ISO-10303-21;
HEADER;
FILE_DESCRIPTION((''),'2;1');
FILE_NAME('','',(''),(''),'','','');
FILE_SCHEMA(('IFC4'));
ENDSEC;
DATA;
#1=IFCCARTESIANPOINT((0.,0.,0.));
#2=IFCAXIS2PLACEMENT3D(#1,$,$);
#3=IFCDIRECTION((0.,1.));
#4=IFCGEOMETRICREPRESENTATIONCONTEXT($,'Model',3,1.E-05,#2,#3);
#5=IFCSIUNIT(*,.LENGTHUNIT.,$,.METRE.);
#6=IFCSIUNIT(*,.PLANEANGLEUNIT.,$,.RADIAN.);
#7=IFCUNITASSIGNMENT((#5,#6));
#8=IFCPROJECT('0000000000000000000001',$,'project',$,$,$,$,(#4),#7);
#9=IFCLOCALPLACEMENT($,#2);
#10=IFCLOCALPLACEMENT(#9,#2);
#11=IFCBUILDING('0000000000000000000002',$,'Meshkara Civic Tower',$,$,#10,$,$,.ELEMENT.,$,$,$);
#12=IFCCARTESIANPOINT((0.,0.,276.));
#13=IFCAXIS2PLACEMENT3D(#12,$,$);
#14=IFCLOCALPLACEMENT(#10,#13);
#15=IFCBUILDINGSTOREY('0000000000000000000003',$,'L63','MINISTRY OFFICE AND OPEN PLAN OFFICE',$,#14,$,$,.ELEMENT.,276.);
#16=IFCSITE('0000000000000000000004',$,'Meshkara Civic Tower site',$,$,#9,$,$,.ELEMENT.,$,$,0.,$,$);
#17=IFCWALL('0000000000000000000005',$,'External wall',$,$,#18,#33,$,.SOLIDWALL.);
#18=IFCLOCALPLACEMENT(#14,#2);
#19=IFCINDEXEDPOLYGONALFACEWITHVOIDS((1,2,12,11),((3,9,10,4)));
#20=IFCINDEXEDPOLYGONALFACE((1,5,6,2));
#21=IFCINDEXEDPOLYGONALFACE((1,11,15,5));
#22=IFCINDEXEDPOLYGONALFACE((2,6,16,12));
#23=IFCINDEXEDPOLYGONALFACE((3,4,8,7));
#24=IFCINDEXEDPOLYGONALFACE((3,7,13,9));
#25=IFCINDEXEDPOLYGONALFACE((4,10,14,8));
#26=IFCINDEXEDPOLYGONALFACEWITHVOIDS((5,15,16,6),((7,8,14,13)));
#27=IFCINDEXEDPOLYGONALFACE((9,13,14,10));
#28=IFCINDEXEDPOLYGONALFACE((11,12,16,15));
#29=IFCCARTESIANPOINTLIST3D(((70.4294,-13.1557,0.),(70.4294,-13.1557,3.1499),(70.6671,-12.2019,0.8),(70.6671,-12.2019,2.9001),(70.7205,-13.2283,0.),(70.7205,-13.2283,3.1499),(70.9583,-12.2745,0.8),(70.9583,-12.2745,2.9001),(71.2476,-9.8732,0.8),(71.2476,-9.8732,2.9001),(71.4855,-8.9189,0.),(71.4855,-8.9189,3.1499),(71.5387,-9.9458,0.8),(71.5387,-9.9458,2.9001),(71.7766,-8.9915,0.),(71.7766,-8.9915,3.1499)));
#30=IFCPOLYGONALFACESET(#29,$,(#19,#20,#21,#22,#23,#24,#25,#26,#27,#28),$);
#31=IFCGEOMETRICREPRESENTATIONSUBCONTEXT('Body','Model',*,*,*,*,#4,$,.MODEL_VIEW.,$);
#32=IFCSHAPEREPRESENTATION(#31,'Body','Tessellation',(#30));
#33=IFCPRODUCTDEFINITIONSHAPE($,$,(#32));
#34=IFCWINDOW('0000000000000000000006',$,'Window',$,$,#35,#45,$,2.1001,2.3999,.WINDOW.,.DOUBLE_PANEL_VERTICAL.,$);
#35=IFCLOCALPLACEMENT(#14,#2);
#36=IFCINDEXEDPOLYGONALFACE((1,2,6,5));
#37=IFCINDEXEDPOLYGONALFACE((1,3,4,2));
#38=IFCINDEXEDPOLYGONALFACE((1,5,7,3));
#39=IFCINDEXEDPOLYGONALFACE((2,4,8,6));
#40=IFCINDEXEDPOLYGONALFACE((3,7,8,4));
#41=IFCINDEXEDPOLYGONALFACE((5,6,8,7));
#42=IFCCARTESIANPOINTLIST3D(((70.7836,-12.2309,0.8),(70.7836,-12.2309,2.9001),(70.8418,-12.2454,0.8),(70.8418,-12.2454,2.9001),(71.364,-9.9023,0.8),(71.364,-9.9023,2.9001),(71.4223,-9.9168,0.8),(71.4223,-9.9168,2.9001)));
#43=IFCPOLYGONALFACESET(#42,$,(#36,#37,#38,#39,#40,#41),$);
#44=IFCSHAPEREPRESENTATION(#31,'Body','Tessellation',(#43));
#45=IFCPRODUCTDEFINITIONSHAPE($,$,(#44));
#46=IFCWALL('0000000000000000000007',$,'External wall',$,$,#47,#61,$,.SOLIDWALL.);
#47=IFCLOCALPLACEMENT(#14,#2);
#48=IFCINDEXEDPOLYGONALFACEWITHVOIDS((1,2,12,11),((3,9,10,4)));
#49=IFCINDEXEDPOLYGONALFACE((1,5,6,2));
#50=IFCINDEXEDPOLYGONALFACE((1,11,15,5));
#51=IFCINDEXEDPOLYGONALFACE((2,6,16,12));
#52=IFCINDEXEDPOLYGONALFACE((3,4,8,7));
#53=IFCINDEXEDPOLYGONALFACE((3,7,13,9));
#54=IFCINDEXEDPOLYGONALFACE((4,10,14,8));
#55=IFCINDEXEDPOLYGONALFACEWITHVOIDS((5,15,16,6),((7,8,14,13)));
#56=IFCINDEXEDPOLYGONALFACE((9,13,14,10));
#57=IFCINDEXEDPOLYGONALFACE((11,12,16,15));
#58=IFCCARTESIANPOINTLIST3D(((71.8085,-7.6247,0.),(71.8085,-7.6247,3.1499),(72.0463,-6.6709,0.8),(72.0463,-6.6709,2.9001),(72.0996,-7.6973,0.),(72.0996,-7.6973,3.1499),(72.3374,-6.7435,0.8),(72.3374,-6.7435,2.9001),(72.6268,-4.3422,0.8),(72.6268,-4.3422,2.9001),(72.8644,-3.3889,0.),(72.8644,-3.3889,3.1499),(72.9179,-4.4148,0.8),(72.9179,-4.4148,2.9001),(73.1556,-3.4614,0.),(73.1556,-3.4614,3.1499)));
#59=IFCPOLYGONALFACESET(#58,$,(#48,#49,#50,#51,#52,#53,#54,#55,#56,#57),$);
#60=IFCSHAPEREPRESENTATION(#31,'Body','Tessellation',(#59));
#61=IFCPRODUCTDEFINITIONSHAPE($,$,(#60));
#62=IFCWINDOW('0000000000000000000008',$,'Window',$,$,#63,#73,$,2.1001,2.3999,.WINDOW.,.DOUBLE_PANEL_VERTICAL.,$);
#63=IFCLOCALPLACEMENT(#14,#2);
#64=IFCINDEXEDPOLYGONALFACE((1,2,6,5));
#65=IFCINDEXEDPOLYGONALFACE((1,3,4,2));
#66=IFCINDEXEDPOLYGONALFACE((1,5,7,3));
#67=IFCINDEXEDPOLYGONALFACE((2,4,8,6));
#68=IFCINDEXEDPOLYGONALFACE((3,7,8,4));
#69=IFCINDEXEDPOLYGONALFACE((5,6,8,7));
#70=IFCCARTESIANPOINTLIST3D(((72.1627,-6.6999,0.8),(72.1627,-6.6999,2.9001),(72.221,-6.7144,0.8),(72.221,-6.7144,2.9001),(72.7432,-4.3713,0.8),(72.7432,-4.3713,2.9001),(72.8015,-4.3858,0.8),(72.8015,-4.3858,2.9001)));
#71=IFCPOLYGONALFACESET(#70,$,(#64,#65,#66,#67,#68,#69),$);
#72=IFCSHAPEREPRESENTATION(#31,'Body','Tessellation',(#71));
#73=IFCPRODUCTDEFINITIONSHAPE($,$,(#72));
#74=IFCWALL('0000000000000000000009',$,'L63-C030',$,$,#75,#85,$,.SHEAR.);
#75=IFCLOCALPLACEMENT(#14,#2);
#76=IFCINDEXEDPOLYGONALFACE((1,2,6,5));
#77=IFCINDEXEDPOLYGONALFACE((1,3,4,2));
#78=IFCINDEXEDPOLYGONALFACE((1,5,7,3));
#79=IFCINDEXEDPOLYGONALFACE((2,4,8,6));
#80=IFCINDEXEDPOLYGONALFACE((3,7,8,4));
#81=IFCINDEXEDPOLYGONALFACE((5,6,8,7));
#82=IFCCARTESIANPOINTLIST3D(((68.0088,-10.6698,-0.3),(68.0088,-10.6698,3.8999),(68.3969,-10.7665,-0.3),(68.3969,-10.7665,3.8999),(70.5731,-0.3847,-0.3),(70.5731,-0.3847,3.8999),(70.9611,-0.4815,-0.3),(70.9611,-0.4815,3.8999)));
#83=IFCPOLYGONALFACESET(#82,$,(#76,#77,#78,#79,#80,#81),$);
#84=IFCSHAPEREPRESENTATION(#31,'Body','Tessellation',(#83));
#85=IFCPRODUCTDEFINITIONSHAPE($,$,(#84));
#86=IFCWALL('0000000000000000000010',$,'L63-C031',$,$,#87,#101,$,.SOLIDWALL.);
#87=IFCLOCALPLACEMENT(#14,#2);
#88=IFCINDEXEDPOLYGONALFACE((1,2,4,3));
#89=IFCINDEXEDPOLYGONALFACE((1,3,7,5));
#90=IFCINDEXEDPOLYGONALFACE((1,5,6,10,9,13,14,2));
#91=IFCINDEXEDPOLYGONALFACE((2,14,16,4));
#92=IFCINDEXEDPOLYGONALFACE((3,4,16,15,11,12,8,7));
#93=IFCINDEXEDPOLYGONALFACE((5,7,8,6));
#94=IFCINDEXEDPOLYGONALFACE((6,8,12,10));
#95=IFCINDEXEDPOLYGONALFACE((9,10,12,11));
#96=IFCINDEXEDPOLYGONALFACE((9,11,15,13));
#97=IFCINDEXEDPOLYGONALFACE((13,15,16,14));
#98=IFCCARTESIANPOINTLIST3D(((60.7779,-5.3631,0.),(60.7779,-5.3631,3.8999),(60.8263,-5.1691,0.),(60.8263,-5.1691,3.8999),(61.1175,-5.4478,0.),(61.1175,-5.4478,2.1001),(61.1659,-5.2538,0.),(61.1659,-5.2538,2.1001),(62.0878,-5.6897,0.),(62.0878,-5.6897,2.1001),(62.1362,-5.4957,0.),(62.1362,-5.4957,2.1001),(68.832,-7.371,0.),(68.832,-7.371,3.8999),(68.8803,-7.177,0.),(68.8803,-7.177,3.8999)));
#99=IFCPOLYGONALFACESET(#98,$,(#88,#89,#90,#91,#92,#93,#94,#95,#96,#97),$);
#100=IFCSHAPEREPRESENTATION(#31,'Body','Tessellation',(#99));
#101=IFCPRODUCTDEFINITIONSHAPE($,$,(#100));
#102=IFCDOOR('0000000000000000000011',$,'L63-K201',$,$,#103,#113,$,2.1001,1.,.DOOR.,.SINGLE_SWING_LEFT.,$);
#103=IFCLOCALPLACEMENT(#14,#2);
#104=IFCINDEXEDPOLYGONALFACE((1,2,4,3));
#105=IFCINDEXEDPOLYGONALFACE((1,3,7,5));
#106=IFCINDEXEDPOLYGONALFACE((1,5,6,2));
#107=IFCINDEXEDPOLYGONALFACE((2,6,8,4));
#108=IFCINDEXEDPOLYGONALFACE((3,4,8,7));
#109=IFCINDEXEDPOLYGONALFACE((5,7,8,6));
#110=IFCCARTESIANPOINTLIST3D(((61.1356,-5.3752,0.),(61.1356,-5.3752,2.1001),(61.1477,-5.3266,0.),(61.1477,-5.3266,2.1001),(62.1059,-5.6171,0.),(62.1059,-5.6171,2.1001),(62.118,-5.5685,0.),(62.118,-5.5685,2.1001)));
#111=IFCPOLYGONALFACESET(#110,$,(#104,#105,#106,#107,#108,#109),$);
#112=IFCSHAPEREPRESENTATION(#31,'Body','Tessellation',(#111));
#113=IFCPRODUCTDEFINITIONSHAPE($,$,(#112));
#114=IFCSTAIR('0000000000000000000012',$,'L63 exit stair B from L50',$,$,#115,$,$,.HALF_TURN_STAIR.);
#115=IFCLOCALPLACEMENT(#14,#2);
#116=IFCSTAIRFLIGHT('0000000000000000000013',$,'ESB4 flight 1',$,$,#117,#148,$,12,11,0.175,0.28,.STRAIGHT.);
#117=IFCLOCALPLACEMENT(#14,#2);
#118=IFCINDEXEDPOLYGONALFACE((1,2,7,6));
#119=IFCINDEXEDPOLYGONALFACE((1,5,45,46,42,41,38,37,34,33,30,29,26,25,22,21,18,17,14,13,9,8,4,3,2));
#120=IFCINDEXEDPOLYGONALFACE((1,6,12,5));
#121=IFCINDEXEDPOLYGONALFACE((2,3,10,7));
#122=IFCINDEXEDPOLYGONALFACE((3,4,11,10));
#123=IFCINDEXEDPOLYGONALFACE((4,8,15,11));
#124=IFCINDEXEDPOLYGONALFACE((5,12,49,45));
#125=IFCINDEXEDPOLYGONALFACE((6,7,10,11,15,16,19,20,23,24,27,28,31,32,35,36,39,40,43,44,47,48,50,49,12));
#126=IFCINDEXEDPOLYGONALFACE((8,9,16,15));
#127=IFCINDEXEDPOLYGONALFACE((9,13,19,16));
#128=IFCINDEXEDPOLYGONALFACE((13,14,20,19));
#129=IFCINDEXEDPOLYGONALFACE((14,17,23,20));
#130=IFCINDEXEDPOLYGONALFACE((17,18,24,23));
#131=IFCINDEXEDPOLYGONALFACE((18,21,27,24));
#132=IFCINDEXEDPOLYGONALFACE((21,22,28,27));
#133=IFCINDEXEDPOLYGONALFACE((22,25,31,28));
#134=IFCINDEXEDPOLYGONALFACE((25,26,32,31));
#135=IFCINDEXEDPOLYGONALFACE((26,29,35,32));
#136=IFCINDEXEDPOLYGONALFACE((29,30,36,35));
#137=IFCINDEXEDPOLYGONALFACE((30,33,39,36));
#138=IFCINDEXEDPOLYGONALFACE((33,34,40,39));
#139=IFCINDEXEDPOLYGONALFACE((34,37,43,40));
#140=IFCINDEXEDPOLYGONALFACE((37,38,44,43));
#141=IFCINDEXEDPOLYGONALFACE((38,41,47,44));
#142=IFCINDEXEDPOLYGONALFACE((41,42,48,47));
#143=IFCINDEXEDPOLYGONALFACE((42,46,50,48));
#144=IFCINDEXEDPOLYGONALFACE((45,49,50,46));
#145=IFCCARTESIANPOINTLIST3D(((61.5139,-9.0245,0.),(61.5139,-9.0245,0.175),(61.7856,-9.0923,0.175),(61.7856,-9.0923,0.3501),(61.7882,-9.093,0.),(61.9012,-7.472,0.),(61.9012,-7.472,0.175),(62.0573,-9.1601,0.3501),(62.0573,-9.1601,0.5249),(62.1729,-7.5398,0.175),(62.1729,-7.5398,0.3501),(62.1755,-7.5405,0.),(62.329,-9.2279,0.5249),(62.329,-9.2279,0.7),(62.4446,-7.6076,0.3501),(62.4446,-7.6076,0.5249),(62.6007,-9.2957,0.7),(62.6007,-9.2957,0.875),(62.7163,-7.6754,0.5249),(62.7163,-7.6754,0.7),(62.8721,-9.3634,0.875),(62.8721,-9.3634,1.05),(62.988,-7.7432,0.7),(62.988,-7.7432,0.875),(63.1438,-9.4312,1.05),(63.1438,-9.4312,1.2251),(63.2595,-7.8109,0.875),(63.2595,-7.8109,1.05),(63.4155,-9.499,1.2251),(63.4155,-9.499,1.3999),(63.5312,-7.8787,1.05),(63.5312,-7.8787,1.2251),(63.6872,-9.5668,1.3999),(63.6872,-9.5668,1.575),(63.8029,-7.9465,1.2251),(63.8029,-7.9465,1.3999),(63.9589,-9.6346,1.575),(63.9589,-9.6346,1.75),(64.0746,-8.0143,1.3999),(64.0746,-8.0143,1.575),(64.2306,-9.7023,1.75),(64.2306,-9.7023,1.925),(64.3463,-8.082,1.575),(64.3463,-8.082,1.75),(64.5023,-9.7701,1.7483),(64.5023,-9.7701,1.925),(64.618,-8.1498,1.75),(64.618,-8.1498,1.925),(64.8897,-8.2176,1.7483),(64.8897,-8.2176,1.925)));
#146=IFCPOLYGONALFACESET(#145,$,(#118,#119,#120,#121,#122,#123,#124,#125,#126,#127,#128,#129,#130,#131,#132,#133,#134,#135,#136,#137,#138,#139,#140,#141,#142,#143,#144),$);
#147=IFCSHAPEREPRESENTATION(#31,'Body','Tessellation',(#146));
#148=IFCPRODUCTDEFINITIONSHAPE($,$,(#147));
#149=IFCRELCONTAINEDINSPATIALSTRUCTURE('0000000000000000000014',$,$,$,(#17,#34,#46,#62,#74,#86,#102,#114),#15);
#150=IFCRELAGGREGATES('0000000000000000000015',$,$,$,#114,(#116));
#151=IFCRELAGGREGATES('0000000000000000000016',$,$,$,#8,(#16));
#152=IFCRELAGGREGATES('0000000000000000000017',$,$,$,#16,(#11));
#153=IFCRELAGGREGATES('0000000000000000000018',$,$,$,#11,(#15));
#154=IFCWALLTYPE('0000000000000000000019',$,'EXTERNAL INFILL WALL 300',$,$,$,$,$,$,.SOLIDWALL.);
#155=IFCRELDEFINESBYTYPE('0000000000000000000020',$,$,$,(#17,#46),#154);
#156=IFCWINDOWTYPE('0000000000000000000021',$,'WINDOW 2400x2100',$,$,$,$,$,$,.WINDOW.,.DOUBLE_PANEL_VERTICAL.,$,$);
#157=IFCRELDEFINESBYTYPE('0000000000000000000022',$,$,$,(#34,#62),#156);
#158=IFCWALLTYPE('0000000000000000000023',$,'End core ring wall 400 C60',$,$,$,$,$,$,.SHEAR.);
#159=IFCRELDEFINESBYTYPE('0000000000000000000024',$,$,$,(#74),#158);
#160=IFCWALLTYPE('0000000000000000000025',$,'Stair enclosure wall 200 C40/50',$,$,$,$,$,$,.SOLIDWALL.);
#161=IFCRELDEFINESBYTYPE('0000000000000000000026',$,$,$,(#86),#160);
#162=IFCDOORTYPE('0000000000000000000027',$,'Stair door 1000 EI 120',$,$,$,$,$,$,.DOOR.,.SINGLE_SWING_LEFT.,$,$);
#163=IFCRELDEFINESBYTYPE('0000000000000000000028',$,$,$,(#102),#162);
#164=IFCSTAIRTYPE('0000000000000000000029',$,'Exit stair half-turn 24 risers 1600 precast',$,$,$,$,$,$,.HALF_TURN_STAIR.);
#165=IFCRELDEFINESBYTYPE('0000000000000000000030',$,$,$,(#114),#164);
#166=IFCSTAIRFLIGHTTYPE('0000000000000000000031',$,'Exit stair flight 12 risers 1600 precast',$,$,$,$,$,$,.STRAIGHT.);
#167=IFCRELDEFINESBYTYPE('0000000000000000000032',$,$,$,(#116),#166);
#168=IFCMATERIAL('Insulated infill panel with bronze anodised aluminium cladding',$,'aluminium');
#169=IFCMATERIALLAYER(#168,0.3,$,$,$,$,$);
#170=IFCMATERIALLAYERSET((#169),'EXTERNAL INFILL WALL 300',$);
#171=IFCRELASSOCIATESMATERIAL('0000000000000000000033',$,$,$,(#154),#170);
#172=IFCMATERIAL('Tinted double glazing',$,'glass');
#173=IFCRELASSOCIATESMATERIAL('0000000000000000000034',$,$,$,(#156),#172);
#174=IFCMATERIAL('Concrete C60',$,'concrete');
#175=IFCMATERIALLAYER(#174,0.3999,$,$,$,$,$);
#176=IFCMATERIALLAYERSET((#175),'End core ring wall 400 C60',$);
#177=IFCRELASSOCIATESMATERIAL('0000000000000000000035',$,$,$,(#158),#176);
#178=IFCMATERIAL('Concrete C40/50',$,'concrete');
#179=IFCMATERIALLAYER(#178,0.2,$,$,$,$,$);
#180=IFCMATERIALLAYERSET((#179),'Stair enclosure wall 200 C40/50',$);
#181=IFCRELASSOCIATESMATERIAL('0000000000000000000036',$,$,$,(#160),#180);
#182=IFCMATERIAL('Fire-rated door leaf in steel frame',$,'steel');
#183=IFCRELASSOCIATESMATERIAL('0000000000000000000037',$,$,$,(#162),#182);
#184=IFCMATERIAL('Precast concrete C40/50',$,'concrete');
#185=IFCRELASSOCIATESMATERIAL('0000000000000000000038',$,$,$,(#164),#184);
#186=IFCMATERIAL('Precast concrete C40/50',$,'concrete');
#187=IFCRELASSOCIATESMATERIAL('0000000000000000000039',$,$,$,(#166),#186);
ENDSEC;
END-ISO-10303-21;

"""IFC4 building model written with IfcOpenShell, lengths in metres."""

from ifc_helpers import new_model, si_unit, direction, frame, frame_2d, origin, place, context, subcontext, project, spatial, polyline, rectangle, outline, extrude, material, layer, layer_set, type_object, element, fill, aggregate, save


model = new_model("IFC4")

# Units and contexts
model_context = context("Model", 3, precision=1e-05, world=origin(), true_north=direction((0.0, 1.0)))
body_context = subcontext(model_context, "Body", "Model", "MODEL_VIEW")
ifc_project = project(units=[si_unit("LENGTHUNIT", "METRE"), si_unit("PLANEANGLEUNIT", "RADIAN")], contexts=[model_context])

# Site, building, storey
site_placement = place(None, origin())
site = spatial("IfcSite", under=ifc_project, at=site_placement, Name="Meshkara Civic Tower site", CompositionType="ELEMENT", RefElevation=0.0)
building_placement = place(site_placement, origin())
building = spatial("IfcBuilding", under=site, at=building_placement, Name="Meshkara Civic Tower", CompositionType="ELEMENT")
storey_placement = place(building_placement, frame((0.0, 0.0, 276.0)))
storey = spatial("IfcBuildingStorey", under=building, at=storey_placement, Name="L63", Description="MINISTRY OFFICE AND OPEN PLAN OFFICE", CompositionType="ELEMENT", Elevation=276.0)

# Walls, openings, windows
ifc_material_1 = material(Name="Insulated infill panel with bronze anodised aluminium cladding", Category="aluminium")
ifc_layer_1 = layer(ifc_material_1, 0.3)
ifc_layer_set_1 = layer_set([ifc_layer_1], Name="EXTERNAL INFILL WALL 300")
wall_type_1 = type_object("IfcWallType", Name="EXTERNAL INFILL WALL 300", PredefinedType="SOLIDWALL", material=ifc_layer_set_1)
ifc_material_2 = material(Name="Tinted double glazing", Category="glass")
window_type_1 = type_object("IfcWindowType", Name="WINDOW 2400x2100", PartitioningType="DOUBLE_PANEL_VERTICAL", PredefinedType="WINDOW", material=ifc_material_2)
wall_1_placement = place(storey_placement, frame((70.575, -13.1919, 0.0), z_axis=(0.0, 0.0, 1.0), x_axis=(0.241878, 0.970307, 0.0)))
wall_1 = element("IfcWall", 1, at=wall_1_placement, inside=storey, type_object=wall_type_1, Name="External wall", PredefinedType="SOLIDWALL", context=body_context, shape_type="SweptSolid", body=[
    extrude(rectangle(XDim=4.3665, YDim=0.3, at=frame_2d((2.1831, 0.0))), origin(), (0.0, 0.0, 1.0), 3.1499),
])
opening_1_placement = place(wall_1_placement, frame((0.9829, 0.0, 0.8)))
opening_1 = element("IfcOpeningElement", 2, at=opening_1_placement, cuts=wall_1, PredefinedType="OPENING", context=body_context, shape_type="SweptSolid", body=[
    extrude(rectangle(XDim=2.3999, YDim=2.1001, at=frame_2d((1.2, 1.05))), frame((0.0, 0.1599, 0.0), z_axis=(0.0, -1.0, 0.0), x_axis=(1.0, 0.0, 0.0)), (0.0, 0.0, 1.0), 0.3201),
])
window_1_placement = place(opening_1_placement, origin())
window_1 = element("IfcWindow", 3, at=window_1_placement, inside=storey, type_object=window_type_1, Name="Window", OverallHeight=2.1001, OverallWidth=2.3999, PartitioningType="DOUBLE_PANEL_VERTICAL", PredefinedType="WINDOW", context=body_context, shape_type="SweptSolid", body=[
    extrude(rectangle(XDim=2.3999, YDim=2.1001, at=frame_2d((1.2, 1.05))), frame((0.0, 0.03, 0.0), z_axis=(0.0, -1.0, 0.0), x_axis=(1.0, 0.0, 0.0)), (0.0, 0.0, 1.0), 0.0601),
])
fill(opening_1, window_1)
wall_2_placement = place(storey_placement, frame((71.9541, -7.6609, 0.0), z_axis=(0.0, 0.0, 1.0), x_axis=(0.241878, 0.970307, 0.0)))
wall_2 = element("IfcWall", 4, at=wall_2_placement, inside=storey, type_object=wall_type_1, Name="External wall", PredefinedType="SOLIDWALL", context=body_context, shape_type="SweptSolid", body=[
    extrude(rectangle(XDim=4.3655, YDim=0.3, at=frame_2d((2.1826, 0.0))), origin(), (0.0, 0.0, 1.0), 3.1499),
])
opening_2_placement = place(wall_2_placement, frame((0.9829, 0.0, 0.8)))
opening_2 = element("IfcOpeningElement", 5, at=opening_2_placement, cuts=wall_2, PredefinedType="OPENING", context=body_context, shape_type="SweptSolid", body=[
    extrude(rectangle(XDim=2.3999, YDim=2.1001, at=frame_2d((1.2, 1.05))), frame((0.0, 0.1599, 0.0), z_axis=(0.0, -1.0, 0.0), x_axis=(1.0, 0.0, 0.0)), (0.0, 0.0, 1.0), 0.3201),
])
window_2_placement = place(opening_2_placement, origin())
window_2 = element("IfcWindow", 6, at=window_2_placement, inside=storey, type_object=window_type_1, Name="Window", OverallHeight=2.1001, OverallWidth=2.3999, PartitioningType="DOUBLE_PANEL_VERTICAL", PredefinedType="WINDOW", context=body_context, shape_type="SweptSolid", body=[
    extrude(rectangle(XDim=2.3999, YDim=2.1001, at=frame_2d((1.2, 1.05))), frame((0.0, 0.03, 0.0), z_axis=(0.0, -1.0, 0.0), x_axis=(1.0, 0.0, 0.0)), (0.0, 0.0, 1.0), 0.0601),
])
fill(opening_2, window_2)

# Wall
ifc_material_3 = material(Name="Concrete C60", Category="concrete")
ifc_layer_2 = layer(ifc_material_3, 0.3999)
ifc_layer_set_2 = layer_set([ifc_layer_2], Name="End core ring wall 400 C60")
wall_type_2 = type_object("IfcWallType", Name="End core ring wall 400 C60", PredefinedType="SHEAR", material=ifc_layer_set_2)
wall_3_placement = place(storey_placement, frame((68.2029, -10.718, -0.3), z_axis=(0.0, 0.0, 1.0), x_axis=(0.241912, 0.970298, 0.0)))
element("IfcWall", 7, at=wall_3_placement, inside=storey, type_object=wall_type_2, Name="L63-C030", PredefinedType="SHEAR", context=body_context, shape_type="SweptSolid", body=[
    extrude(rectangle(XDim=10.5999, YDim=0.3999, at=frame_2d((5.2998, 0.0))), origin(), (0.0, 0.0, 1.0), 4.2),
])

# Wall, opening, door
ifc_material_4 = material(Name="Concrete C40/50", Category="concrete")
ifc_layer_3 = layer(ifc_material_4, 0.2)
ifc_layer_set_3 = layer_set([ifc_layer_3], Name="Stair enclosure wall 200 C40/50")
wall_type_3 = type_object("IfcWallType", Name="Stair enclosure wall 200 C40/50", PredefinedType="SOLIDWALL", material=ifc_layer_set_3)
wall_4_placement = place(storey_placement, frame((60.802, -5.2661, 0.0), z_axis=(0.0, 0.0, 1.0), x_axis=(0.970303, -0.241892, 0.0)))
wall_4 = element("IfcWall", 8, at=wall_4_placement, inside=storey, type_object=wall_type_3, Name="L63-C031", PredefinedType="SOLIDWALL", context=body_context, shape_type="SweptSolid", body=[
    extrude(rectangle(XDim=8.3005, YDim=0.2, at=frame_2d((4.1504, 0.0))), origin(), (0.0, 0.0, 1.0), 3.8999),
])
opening_3_placement = place(wall_4_placement, frame((0.3501, 0.0, 0.0)))
opening_3 = element("IfcOpeningElement", 9, at=opening_3_placement, cuts=wall_4, PredefinedType="OPENING", context=body_context, shape_type="SweptSolid", body=[
    extrude(rectangle(XDim=1.0, YDim=2.1001, at=frame_2d((0.5, 1.05))), frame((0.0, 0.1099, 0.0), z_axis=(0.0, -1.0, 0.0), x_axis=(1.0, 0.0, 0.0)), (0.0, 0.0, 1.0), 0.22),
])
ifc_material_5 = material(Name="Fire-rated door leaf in steel frame", Category="steel")
door_type = type_object("IfcDoorType", Name="Stair door 1000 EI 120", OperationType="SINGLE_SWING_LEFT", PredefinedType="DOOR", material=ifc_material_5)
door_placement = place(opening_3_placement, origin())
door = element("IfcDoor", 10, at=door_placement, inside=storey, type_object=door_type, Name="L63-K201", OperationType="SINGLE_SWING_LEFT", OverallHeight=2.1001, OverallWidth=1.0, PredefinedType="DOOR", context=body_context, shape_type="SweptSolid", body=[
    extrude(rectangle(XDim=1.0, YDim=2.1001, at=frame_2d((0.5, 1.05))), frame((0.0, 0.0249, 0.0), z_axis=(0.0, -1.0, 0.0), x_axis=(1.0, 0.0, 0.0)), (0.0, 0.0, 1.0), 0.05),
])
fill(opening_3, door)

# Stair, stair flight
ifc_material_6 = material(Name="Precast concrete C40/50", Category="concrete")
stair_type = type_object("IfcStairType", Name="Exit stair half-turn 24 risers 1600 precast", PredefinedType="HALF_TURN_STAIR", material=ifc_material_6)
stair_placement = place(storey_placement, origin())
stair = element("IfcStair", 11, at=stair_placement, inside=storey, type_object=stair_type, Name="L63 exit stair B from L50", PredefinedType="HALF_TURN_STAIR")
ifc_material_7 = material(Name="Precast concrete C40/50", Category="concrete")
stair_flight_type = type_object("IfcStairFlightType", Name="Exit stair flight 12 risers 1600 precast", PredefinedType="STRAIGHT", material=ifc_material_7)
stair_flight_1_placement = place(storey_placement, frame((61.7075, -8.2483, 0.0), z_axis=(0.0, 0.0, 1.0), x_axis=(0.97026, -0.242065, 0.0)))
stair_flight_1 = element("IfcStairFlight", 12, at=stair_flight_1_placement, type_object=stair_flight_type, Name="ESB4 flight 1", NumberOfRisers=12, NumberOfTreads=11, PredefinedType="STRAIGHT", RiserHeight=0.175, TreadLength=0.28, context=body_context, shape_type="SweptSolid", body=[
    extrude(outline(polyline([(0.0, 0.0), (0.0, 0.175), (0.28, 0.175), (0.28, 0.3501), (0.5601, 0.3501), (0.5601, 0.5249), (0.8401, 0.5249), (0.8401, 0.7), (1.1201, 0.7), (1.1201, 0.875), (1.3999, 0.875), (1.3999, 1.05), (1.6799, 1.05), (1.6799, 1.2251), (1.96, 1.2251), (1.96, 1.3999), (2.24, 1.3999), (2.24, 1.575), (2.52, 1.575), (2.52, 1.75), (2.8, 1.75), (2.8, 1.925), (3.0801, 1.925), (3.0801, 2.1001), (3.0801, 1.7483), (0.2827, 0.0), (0.0, 0.0)])), frame((0.0, 0.8, 0.0), z_axis=(0.0, -1.0, 0.0), x_axis=(1.0, 0.0, 0.0)), (0.0, 0.0, 1.0), 1.6001),
])
aggregate(stair, [stair_flight_1])

save(model, "model.ifc")
